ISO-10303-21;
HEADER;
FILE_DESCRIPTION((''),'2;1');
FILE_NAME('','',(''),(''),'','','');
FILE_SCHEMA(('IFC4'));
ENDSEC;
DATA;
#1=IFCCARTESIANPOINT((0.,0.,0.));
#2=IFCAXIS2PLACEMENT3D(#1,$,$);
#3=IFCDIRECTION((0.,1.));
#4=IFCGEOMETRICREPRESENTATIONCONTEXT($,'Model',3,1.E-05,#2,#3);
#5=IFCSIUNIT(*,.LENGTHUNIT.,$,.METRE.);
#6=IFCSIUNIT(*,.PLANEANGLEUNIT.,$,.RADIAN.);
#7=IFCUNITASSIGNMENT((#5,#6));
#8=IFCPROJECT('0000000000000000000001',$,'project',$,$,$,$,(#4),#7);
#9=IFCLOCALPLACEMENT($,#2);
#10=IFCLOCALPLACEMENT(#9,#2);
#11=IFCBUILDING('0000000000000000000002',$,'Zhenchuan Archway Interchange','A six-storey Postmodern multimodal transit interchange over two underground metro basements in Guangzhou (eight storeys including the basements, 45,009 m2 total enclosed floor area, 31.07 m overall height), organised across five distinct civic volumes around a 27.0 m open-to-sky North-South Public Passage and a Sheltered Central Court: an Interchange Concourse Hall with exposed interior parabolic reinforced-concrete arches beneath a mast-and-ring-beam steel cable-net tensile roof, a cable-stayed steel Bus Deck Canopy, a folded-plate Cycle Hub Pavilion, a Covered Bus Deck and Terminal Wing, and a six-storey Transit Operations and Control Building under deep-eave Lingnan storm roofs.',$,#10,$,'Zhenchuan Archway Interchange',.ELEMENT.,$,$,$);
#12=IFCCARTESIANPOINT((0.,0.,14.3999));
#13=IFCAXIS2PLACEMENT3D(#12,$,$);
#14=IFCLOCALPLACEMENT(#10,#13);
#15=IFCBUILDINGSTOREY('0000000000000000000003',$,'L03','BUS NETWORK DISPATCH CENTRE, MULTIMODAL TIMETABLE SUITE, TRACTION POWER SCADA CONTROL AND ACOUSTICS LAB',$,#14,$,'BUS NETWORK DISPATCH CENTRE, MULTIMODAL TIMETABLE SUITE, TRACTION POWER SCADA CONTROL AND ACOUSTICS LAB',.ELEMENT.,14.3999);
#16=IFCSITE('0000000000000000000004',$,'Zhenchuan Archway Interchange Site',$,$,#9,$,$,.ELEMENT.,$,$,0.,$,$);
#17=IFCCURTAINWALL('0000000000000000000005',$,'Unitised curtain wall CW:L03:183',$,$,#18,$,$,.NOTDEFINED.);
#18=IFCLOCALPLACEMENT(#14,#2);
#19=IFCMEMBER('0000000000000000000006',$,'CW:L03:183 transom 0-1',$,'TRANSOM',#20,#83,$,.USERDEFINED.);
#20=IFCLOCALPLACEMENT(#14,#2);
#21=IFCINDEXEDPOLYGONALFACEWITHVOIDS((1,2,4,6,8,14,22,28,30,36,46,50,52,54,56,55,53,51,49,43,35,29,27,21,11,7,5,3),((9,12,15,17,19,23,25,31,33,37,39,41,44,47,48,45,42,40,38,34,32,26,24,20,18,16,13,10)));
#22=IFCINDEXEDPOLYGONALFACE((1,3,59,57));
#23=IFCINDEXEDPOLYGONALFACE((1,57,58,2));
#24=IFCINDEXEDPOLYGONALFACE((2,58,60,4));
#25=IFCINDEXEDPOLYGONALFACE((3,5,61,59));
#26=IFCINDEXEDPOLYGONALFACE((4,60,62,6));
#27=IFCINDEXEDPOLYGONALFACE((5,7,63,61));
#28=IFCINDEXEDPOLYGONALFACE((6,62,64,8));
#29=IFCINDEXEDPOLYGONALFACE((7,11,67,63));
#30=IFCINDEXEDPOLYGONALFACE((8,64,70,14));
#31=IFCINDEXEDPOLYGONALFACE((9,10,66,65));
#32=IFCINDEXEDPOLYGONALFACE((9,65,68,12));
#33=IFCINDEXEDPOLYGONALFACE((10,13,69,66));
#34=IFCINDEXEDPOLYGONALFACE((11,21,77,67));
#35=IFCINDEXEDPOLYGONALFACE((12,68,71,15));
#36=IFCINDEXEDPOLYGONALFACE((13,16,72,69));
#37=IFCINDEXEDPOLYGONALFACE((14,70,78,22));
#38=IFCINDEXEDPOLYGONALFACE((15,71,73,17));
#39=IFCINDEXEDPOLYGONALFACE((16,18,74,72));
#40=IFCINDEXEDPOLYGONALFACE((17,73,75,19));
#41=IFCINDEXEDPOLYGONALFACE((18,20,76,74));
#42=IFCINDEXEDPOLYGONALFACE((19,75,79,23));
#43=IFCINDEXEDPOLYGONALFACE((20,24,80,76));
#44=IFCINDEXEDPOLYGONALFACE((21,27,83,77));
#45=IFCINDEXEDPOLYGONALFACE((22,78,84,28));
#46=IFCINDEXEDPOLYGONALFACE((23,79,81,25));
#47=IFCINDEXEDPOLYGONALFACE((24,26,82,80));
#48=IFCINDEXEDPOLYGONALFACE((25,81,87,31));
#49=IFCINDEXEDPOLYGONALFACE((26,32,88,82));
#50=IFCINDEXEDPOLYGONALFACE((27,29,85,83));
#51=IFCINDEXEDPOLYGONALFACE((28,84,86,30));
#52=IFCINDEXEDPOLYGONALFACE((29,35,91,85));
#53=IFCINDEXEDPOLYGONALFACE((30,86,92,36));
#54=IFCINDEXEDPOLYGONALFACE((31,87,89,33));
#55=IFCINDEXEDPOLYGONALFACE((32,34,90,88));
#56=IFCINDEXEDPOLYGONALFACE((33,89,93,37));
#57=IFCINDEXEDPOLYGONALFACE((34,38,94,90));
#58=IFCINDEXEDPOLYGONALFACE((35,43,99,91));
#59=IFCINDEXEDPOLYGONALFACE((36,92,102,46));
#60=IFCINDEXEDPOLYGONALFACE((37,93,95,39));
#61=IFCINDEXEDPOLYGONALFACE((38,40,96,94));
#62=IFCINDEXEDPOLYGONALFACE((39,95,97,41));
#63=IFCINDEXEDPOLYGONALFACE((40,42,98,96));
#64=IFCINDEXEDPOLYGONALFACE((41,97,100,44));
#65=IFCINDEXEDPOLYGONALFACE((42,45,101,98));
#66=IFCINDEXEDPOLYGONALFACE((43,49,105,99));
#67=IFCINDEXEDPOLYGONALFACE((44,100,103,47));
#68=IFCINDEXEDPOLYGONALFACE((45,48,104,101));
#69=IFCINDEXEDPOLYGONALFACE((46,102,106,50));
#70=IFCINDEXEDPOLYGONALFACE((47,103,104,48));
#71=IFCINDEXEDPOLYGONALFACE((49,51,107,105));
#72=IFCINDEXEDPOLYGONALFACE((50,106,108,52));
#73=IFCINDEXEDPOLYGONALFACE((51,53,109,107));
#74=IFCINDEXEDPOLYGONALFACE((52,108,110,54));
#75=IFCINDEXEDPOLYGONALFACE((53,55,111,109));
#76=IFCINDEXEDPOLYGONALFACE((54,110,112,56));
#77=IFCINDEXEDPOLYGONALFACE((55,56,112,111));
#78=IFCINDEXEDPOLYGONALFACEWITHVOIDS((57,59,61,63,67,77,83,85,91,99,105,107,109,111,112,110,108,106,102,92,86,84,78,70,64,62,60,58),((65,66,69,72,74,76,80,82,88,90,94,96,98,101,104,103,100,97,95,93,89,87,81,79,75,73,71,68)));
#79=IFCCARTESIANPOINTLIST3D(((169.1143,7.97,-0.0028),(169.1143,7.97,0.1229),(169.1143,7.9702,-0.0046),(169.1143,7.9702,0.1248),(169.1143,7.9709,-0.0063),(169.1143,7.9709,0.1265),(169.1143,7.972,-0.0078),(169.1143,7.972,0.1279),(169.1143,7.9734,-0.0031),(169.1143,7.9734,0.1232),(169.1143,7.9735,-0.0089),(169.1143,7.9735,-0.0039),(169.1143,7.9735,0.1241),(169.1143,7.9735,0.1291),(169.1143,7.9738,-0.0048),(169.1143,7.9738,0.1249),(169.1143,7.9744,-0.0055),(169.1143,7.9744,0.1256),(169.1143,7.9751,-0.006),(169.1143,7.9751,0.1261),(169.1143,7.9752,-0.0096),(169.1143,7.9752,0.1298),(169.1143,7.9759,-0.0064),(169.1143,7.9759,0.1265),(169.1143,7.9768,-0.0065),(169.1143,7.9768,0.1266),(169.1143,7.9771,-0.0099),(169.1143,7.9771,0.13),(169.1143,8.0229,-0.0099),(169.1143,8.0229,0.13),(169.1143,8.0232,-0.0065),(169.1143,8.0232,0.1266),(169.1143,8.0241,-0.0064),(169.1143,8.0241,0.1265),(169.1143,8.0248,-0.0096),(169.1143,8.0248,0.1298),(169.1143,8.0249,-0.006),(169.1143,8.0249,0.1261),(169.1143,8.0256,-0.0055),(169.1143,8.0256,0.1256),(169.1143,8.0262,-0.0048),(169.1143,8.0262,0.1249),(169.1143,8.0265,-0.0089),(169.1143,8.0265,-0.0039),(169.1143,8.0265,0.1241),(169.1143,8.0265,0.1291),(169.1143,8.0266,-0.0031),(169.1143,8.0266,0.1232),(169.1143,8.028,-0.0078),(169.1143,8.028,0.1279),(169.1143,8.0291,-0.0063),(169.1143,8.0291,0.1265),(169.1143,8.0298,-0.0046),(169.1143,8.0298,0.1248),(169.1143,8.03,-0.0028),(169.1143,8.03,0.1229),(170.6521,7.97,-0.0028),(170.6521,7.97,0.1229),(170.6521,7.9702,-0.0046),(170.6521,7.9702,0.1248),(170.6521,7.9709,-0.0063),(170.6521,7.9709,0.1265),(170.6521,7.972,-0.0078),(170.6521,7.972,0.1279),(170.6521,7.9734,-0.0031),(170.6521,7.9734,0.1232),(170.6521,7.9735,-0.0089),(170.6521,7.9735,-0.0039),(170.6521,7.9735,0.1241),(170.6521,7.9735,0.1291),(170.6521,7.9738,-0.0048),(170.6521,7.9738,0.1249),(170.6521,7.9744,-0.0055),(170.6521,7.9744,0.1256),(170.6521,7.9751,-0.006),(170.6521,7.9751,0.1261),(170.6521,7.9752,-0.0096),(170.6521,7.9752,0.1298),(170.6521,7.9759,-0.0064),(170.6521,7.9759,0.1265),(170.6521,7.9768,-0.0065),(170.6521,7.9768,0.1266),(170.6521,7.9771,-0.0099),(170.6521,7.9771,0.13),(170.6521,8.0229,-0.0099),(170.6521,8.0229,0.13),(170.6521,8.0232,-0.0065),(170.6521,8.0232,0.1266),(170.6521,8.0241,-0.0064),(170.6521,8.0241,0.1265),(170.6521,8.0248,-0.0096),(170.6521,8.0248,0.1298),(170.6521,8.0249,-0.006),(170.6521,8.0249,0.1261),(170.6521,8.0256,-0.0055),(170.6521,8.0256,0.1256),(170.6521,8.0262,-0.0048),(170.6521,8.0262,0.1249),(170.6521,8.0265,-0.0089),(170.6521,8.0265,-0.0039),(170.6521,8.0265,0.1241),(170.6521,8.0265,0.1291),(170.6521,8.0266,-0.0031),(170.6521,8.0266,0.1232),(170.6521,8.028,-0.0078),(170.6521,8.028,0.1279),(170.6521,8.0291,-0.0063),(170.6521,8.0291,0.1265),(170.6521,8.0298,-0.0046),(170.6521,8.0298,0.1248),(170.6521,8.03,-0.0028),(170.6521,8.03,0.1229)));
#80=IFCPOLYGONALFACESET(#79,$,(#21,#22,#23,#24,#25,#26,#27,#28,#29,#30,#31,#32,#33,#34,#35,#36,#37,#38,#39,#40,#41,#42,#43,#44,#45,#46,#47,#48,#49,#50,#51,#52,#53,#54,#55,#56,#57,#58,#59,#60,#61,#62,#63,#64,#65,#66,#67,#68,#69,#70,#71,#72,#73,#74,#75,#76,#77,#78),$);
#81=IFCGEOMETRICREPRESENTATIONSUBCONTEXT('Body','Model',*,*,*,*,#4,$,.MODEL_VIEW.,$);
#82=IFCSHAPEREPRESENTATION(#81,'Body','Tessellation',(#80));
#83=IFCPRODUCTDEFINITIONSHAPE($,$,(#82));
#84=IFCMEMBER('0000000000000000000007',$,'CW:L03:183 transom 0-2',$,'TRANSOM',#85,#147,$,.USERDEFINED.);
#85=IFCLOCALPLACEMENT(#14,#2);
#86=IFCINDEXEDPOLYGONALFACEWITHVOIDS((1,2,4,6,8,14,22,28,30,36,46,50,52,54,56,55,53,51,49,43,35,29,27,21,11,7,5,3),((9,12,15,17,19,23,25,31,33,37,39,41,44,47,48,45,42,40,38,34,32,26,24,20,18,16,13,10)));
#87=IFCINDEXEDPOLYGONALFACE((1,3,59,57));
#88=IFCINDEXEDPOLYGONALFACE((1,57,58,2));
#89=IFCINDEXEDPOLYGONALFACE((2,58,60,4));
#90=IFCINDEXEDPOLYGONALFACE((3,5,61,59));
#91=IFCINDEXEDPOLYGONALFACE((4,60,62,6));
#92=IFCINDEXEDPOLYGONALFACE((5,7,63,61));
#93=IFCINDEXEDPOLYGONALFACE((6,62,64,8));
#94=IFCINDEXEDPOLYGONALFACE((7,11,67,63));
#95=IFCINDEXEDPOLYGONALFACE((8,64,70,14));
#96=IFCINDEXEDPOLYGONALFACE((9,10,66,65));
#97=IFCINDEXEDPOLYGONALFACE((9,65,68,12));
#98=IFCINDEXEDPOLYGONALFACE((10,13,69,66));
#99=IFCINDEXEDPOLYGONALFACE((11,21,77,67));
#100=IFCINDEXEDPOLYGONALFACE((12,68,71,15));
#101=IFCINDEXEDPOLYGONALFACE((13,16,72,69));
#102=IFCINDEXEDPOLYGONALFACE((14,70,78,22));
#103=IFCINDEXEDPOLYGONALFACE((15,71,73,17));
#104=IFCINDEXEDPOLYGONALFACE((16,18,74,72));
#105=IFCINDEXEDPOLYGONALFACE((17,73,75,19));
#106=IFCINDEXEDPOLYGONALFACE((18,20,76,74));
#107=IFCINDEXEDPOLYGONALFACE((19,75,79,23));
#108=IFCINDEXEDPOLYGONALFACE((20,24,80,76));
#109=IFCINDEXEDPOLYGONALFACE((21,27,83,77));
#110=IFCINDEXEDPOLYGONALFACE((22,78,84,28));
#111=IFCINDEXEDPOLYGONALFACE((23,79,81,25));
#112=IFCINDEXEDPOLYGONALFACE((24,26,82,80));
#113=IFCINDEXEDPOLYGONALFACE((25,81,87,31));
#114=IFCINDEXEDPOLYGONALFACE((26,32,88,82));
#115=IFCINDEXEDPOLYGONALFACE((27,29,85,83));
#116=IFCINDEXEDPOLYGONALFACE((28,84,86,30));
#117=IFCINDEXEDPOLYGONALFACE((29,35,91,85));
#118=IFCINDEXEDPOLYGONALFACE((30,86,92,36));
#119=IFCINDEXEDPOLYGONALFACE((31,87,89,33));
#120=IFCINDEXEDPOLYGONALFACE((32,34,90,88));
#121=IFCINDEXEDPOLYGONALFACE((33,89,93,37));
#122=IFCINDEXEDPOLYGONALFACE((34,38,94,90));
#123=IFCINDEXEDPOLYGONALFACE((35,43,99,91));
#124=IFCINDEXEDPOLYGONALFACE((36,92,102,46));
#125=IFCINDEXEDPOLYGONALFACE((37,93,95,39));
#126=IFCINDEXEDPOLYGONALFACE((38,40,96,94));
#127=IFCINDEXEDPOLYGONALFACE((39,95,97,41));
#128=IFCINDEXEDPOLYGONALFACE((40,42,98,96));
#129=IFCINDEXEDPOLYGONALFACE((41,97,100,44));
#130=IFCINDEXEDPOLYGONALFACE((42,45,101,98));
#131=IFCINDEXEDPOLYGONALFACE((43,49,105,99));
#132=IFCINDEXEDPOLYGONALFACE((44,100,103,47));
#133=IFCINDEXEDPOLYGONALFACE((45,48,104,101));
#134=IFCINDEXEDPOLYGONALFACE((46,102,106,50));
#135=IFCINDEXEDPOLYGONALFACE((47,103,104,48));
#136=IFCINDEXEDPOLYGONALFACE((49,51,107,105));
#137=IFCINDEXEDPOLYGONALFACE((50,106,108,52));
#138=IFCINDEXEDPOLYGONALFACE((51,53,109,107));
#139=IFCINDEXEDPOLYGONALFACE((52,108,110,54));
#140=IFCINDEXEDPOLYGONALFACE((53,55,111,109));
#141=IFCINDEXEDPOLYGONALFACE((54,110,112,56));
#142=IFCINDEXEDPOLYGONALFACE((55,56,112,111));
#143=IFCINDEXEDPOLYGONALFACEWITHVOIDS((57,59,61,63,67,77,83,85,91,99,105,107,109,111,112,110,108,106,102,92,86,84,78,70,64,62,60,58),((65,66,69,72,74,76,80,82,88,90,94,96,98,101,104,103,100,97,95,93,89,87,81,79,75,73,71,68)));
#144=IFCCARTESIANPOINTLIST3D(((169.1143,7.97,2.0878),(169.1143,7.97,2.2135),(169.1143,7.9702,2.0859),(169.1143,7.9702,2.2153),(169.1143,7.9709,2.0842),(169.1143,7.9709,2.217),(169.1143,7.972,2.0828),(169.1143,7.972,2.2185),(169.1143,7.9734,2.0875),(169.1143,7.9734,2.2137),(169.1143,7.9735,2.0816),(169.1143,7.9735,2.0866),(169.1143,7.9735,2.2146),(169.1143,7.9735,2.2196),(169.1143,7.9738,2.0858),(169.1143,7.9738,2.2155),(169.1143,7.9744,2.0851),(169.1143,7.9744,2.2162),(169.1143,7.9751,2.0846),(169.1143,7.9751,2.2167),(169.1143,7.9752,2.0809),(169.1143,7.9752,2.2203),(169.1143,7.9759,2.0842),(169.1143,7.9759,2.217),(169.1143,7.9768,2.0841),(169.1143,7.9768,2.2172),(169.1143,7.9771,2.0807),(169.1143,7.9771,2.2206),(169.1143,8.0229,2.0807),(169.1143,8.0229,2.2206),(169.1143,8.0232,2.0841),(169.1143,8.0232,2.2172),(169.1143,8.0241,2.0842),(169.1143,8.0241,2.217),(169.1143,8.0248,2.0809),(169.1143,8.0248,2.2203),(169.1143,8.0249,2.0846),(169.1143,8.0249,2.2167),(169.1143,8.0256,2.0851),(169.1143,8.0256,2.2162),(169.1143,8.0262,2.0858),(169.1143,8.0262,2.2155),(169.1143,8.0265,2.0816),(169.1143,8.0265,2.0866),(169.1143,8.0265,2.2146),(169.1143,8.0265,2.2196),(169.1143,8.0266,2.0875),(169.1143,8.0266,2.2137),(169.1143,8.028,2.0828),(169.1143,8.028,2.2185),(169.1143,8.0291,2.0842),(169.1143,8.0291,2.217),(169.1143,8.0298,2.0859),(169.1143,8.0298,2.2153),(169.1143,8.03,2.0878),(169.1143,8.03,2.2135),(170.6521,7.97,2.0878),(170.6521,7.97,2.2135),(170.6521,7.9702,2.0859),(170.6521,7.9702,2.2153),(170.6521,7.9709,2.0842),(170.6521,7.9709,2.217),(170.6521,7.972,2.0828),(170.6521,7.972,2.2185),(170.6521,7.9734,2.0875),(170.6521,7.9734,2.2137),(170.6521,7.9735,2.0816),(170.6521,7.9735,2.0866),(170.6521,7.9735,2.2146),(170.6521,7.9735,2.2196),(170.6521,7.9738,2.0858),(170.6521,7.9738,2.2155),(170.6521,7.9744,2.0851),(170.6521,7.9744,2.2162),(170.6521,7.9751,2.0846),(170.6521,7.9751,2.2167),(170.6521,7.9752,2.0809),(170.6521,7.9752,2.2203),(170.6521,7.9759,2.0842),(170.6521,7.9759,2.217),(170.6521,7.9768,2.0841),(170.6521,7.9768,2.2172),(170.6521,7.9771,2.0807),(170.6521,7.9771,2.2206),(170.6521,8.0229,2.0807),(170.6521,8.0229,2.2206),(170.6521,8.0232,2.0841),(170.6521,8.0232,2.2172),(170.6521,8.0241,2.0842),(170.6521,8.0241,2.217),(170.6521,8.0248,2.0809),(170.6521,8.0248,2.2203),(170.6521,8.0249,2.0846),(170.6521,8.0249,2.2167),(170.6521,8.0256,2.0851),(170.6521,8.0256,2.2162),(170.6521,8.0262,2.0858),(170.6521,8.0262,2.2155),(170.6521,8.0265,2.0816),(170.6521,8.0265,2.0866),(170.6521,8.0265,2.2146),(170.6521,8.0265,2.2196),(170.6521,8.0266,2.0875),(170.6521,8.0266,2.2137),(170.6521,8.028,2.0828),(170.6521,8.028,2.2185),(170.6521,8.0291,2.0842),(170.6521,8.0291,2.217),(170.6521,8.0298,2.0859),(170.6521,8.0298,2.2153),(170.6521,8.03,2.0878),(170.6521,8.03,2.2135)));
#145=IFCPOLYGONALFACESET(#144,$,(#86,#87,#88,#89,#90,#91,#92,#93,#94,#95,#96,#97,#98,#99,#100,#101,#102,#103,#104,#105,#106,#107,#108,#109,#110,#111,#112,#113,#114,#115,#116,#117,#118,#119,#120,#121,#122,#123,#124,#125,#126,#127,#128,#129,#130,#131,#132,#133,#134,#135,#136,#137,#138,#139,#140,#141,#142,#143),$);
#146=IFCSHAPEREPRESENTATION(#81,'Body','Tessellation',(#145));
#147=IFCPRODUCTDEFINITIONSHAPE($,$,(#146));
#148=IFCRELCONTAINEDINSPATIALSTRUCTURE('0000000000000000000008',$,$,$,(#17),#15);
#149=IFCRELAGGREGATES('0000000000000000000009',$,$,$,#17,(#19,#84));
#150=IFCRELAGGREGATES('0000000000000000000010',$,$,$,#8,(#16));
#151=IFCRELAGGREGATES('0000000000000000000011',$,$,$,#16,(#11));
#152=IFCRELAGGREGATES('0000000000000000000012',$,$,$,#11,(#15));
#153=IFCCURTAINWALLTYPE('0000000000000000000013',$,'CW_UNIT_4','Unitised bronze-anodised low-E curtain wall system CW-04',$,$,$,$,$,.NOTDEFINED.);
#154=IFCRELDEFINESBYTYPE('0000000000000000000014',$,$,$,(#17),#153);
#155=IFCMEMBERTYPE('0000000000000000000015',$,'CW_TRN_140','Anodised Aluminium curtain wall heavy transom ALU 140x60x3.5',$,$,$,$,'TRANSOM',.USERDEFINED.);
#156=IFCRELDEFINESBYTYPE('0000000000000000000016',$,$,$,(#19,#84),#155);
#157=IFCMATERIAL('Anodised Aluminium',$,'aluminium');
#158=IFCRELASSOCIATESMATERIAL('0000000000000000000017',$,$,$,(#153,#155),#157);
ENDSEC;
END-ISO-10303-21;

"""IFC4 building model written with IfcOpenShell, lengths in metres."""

from ifc_helpers import new_model, si_unit, direction, frame, origin, origin_2d, place, context, subcontext, project, spatial, hollow_rectangle, extrude, material, material_profile, profile_set, type_object, element, aggregate, save


model = new_model("IFC4")

# Units and contexts
model_context = context("Model", 3, precision=1e-05, world=origin(), true_north=direction((0.0, 1.0)))
body_context = subcontext(model_context, "Body", "Model", "MODEL_VIEW")
ifc_project = project(units=[si_unit("LENGTHUNIT", "METRE"), si_unit("PLANEANGLEUNIT", "RADIAN")], contexts=[model_context])

# Site, building, storey
site_placement = place(None, origin())
site = spatial("IfcSite", under=ifc_project, at=site_placement, Name="Zhenchuan Archway Interchange Site", CompositionType="ELEMENT", RefElevation=0.0)
building_placement = place(site_placement, origin())
building = spatial("IfcBuilding", under=site, at=building_placement, Name="Zhenchuan Archway Interchange", Description="A six-storey Postmodern multimodal transit interchange over two underground metro basements in Guangzhou (eight storeys including the basements, 45,009 m2 total enclosed floor area, 31.07 m overall height), organised across five distinct civic volumes around a 27.0 m open-to-sky North-South Public Passage and a Sheltered Central Court: an Interchange Concourse Hall with exposed interior parabolic reinforced-concrete arches beneath a mast-and-ring-beam steel cable-net tensile roof, a cable-stayed steel Bus Deck Canopy, a folded-plate Cycle Hub Pavilion, a Covered Bus Deck and Terminal Wing, and a six-storey Transit Operations and Control Building under deep-eave Lingnan storm roofs.", LongName="Zhenchuan Archway Interchange", CompositionType="ELEMENT")
storey_placement = place(building_placement, frame((0.0, 0.0, 14.3999)))
storey = spatial("IfcBuildingStorey", under=building, at=storey_placement, Name="L03", Description="BUS NETWORK DISPATCH CENTRE, MULTIMODAL TIMETABLE SUITE, TRACTION POWER SCADA CONTROL AND ACOUSTICS LAB", LongName="BUS NETWORK DISPATCH CENTRE, MULTIMODAL TIMETABLE SUITE, TRACTION POWER SCADA CONTROL AND ACOUSTICS LAB", CompositionType="ELEMENT", Elevation=14.3999)

# Curtain wall, members
ifc_material_1 = material(Name="Anodised Aluminium", Category="aluminium")
curtain_wall_type = type_object("IfcCurtainWallType", Name="CW_UNIT_4", Description="Unitised bronze-anodised low-E curtain wall system CW-04", PredefinedType="NOTDEFINED", material=ifc_material_1)
curtain_wall_placement = place(storey_placement, origin())
curtain_wall = element("IfcCurtainWall", 1, at=curtain_wall_placement, inside=storey, type_object=curtain_wall_type, Name="Unitised curtain wall CW:L03:183", PredefinedType="NOTDEFINED")
ifc_material_profile_1 = material_profile(ifc_material_1, hollow_rectangle(XDim=0.0601, YDim=0.1399, WallThickness=0.0034, InnerFilletRadius=0.0034, OuterFilletRadius=0.0071, at=origin_2d()), Name="ALU 140x60x3.5")
ifc_profile_set_1 = profile_set([ifc_material_profile_1], Name="Anodised Aluminium")
member_type_1 = type_object("IfcMemberType", Name="CW_TRN_140", Description="Anodised Aluminium curtain wall heavy transom ALU 140x60x3.5", ElementType="TRANSOM", PredefinedType="USERDEFINED", material=ifc_profile_set_1)
member_1_placement = place(storey_placement, frame((170.6521, 8.0, 0.0601), z_axis=(-1.0, 0.0, 0.0), x_axis=(0.0, -1.0, 0.0)))
member_1 = element("IfcMember", 2, at=member_1_placement, type_object=member_type_1, Name="CW:L03:183 transom 0-1", ObjectType="TRANSOM", PredefinedType="USERDEFINED", context=body_context, shape_type="SweptSolid", body=[
    extrude(hollow_rectangle(XDim=0.0601, YDim=0.1399, WallThickness=0.0034, InnerFilletRadius=0.0034, OuterFilletRadius=0.0071, at=origin_2d()), origin(), (0.0, 0.0, 1.0), 1.5378),
])
member_2_placement = place(storey_placement, frame((170.6521, 8.0, 2.1506), z_axis=(-1.0, 0.0, 0.0), x_axis=(0.0, -1.0, 0.0)))
member_2 = element("IfcMember", 3, at=member_2_placement, type_object=member_type_1, Name="CW:L03:183 transom 0-2", ObjectType="TRANSOM", PredefinedType="USERDEFINED", context=body_context, shape_type="SweptSolid", body=[
    extrude(hollow_rectangle(XDim=0.0601, YDim=0.1399, WallThickness=0.0034, InnerFilletRadius=0.0034, OuterFilletRadius=0.0071, at=origin_2d()), origin(), (0.0, 0.0, 1.0), 1.5378),
])

aggregate(curtain_wall, [member_1, member_2])

save(model, "model.ifc")
